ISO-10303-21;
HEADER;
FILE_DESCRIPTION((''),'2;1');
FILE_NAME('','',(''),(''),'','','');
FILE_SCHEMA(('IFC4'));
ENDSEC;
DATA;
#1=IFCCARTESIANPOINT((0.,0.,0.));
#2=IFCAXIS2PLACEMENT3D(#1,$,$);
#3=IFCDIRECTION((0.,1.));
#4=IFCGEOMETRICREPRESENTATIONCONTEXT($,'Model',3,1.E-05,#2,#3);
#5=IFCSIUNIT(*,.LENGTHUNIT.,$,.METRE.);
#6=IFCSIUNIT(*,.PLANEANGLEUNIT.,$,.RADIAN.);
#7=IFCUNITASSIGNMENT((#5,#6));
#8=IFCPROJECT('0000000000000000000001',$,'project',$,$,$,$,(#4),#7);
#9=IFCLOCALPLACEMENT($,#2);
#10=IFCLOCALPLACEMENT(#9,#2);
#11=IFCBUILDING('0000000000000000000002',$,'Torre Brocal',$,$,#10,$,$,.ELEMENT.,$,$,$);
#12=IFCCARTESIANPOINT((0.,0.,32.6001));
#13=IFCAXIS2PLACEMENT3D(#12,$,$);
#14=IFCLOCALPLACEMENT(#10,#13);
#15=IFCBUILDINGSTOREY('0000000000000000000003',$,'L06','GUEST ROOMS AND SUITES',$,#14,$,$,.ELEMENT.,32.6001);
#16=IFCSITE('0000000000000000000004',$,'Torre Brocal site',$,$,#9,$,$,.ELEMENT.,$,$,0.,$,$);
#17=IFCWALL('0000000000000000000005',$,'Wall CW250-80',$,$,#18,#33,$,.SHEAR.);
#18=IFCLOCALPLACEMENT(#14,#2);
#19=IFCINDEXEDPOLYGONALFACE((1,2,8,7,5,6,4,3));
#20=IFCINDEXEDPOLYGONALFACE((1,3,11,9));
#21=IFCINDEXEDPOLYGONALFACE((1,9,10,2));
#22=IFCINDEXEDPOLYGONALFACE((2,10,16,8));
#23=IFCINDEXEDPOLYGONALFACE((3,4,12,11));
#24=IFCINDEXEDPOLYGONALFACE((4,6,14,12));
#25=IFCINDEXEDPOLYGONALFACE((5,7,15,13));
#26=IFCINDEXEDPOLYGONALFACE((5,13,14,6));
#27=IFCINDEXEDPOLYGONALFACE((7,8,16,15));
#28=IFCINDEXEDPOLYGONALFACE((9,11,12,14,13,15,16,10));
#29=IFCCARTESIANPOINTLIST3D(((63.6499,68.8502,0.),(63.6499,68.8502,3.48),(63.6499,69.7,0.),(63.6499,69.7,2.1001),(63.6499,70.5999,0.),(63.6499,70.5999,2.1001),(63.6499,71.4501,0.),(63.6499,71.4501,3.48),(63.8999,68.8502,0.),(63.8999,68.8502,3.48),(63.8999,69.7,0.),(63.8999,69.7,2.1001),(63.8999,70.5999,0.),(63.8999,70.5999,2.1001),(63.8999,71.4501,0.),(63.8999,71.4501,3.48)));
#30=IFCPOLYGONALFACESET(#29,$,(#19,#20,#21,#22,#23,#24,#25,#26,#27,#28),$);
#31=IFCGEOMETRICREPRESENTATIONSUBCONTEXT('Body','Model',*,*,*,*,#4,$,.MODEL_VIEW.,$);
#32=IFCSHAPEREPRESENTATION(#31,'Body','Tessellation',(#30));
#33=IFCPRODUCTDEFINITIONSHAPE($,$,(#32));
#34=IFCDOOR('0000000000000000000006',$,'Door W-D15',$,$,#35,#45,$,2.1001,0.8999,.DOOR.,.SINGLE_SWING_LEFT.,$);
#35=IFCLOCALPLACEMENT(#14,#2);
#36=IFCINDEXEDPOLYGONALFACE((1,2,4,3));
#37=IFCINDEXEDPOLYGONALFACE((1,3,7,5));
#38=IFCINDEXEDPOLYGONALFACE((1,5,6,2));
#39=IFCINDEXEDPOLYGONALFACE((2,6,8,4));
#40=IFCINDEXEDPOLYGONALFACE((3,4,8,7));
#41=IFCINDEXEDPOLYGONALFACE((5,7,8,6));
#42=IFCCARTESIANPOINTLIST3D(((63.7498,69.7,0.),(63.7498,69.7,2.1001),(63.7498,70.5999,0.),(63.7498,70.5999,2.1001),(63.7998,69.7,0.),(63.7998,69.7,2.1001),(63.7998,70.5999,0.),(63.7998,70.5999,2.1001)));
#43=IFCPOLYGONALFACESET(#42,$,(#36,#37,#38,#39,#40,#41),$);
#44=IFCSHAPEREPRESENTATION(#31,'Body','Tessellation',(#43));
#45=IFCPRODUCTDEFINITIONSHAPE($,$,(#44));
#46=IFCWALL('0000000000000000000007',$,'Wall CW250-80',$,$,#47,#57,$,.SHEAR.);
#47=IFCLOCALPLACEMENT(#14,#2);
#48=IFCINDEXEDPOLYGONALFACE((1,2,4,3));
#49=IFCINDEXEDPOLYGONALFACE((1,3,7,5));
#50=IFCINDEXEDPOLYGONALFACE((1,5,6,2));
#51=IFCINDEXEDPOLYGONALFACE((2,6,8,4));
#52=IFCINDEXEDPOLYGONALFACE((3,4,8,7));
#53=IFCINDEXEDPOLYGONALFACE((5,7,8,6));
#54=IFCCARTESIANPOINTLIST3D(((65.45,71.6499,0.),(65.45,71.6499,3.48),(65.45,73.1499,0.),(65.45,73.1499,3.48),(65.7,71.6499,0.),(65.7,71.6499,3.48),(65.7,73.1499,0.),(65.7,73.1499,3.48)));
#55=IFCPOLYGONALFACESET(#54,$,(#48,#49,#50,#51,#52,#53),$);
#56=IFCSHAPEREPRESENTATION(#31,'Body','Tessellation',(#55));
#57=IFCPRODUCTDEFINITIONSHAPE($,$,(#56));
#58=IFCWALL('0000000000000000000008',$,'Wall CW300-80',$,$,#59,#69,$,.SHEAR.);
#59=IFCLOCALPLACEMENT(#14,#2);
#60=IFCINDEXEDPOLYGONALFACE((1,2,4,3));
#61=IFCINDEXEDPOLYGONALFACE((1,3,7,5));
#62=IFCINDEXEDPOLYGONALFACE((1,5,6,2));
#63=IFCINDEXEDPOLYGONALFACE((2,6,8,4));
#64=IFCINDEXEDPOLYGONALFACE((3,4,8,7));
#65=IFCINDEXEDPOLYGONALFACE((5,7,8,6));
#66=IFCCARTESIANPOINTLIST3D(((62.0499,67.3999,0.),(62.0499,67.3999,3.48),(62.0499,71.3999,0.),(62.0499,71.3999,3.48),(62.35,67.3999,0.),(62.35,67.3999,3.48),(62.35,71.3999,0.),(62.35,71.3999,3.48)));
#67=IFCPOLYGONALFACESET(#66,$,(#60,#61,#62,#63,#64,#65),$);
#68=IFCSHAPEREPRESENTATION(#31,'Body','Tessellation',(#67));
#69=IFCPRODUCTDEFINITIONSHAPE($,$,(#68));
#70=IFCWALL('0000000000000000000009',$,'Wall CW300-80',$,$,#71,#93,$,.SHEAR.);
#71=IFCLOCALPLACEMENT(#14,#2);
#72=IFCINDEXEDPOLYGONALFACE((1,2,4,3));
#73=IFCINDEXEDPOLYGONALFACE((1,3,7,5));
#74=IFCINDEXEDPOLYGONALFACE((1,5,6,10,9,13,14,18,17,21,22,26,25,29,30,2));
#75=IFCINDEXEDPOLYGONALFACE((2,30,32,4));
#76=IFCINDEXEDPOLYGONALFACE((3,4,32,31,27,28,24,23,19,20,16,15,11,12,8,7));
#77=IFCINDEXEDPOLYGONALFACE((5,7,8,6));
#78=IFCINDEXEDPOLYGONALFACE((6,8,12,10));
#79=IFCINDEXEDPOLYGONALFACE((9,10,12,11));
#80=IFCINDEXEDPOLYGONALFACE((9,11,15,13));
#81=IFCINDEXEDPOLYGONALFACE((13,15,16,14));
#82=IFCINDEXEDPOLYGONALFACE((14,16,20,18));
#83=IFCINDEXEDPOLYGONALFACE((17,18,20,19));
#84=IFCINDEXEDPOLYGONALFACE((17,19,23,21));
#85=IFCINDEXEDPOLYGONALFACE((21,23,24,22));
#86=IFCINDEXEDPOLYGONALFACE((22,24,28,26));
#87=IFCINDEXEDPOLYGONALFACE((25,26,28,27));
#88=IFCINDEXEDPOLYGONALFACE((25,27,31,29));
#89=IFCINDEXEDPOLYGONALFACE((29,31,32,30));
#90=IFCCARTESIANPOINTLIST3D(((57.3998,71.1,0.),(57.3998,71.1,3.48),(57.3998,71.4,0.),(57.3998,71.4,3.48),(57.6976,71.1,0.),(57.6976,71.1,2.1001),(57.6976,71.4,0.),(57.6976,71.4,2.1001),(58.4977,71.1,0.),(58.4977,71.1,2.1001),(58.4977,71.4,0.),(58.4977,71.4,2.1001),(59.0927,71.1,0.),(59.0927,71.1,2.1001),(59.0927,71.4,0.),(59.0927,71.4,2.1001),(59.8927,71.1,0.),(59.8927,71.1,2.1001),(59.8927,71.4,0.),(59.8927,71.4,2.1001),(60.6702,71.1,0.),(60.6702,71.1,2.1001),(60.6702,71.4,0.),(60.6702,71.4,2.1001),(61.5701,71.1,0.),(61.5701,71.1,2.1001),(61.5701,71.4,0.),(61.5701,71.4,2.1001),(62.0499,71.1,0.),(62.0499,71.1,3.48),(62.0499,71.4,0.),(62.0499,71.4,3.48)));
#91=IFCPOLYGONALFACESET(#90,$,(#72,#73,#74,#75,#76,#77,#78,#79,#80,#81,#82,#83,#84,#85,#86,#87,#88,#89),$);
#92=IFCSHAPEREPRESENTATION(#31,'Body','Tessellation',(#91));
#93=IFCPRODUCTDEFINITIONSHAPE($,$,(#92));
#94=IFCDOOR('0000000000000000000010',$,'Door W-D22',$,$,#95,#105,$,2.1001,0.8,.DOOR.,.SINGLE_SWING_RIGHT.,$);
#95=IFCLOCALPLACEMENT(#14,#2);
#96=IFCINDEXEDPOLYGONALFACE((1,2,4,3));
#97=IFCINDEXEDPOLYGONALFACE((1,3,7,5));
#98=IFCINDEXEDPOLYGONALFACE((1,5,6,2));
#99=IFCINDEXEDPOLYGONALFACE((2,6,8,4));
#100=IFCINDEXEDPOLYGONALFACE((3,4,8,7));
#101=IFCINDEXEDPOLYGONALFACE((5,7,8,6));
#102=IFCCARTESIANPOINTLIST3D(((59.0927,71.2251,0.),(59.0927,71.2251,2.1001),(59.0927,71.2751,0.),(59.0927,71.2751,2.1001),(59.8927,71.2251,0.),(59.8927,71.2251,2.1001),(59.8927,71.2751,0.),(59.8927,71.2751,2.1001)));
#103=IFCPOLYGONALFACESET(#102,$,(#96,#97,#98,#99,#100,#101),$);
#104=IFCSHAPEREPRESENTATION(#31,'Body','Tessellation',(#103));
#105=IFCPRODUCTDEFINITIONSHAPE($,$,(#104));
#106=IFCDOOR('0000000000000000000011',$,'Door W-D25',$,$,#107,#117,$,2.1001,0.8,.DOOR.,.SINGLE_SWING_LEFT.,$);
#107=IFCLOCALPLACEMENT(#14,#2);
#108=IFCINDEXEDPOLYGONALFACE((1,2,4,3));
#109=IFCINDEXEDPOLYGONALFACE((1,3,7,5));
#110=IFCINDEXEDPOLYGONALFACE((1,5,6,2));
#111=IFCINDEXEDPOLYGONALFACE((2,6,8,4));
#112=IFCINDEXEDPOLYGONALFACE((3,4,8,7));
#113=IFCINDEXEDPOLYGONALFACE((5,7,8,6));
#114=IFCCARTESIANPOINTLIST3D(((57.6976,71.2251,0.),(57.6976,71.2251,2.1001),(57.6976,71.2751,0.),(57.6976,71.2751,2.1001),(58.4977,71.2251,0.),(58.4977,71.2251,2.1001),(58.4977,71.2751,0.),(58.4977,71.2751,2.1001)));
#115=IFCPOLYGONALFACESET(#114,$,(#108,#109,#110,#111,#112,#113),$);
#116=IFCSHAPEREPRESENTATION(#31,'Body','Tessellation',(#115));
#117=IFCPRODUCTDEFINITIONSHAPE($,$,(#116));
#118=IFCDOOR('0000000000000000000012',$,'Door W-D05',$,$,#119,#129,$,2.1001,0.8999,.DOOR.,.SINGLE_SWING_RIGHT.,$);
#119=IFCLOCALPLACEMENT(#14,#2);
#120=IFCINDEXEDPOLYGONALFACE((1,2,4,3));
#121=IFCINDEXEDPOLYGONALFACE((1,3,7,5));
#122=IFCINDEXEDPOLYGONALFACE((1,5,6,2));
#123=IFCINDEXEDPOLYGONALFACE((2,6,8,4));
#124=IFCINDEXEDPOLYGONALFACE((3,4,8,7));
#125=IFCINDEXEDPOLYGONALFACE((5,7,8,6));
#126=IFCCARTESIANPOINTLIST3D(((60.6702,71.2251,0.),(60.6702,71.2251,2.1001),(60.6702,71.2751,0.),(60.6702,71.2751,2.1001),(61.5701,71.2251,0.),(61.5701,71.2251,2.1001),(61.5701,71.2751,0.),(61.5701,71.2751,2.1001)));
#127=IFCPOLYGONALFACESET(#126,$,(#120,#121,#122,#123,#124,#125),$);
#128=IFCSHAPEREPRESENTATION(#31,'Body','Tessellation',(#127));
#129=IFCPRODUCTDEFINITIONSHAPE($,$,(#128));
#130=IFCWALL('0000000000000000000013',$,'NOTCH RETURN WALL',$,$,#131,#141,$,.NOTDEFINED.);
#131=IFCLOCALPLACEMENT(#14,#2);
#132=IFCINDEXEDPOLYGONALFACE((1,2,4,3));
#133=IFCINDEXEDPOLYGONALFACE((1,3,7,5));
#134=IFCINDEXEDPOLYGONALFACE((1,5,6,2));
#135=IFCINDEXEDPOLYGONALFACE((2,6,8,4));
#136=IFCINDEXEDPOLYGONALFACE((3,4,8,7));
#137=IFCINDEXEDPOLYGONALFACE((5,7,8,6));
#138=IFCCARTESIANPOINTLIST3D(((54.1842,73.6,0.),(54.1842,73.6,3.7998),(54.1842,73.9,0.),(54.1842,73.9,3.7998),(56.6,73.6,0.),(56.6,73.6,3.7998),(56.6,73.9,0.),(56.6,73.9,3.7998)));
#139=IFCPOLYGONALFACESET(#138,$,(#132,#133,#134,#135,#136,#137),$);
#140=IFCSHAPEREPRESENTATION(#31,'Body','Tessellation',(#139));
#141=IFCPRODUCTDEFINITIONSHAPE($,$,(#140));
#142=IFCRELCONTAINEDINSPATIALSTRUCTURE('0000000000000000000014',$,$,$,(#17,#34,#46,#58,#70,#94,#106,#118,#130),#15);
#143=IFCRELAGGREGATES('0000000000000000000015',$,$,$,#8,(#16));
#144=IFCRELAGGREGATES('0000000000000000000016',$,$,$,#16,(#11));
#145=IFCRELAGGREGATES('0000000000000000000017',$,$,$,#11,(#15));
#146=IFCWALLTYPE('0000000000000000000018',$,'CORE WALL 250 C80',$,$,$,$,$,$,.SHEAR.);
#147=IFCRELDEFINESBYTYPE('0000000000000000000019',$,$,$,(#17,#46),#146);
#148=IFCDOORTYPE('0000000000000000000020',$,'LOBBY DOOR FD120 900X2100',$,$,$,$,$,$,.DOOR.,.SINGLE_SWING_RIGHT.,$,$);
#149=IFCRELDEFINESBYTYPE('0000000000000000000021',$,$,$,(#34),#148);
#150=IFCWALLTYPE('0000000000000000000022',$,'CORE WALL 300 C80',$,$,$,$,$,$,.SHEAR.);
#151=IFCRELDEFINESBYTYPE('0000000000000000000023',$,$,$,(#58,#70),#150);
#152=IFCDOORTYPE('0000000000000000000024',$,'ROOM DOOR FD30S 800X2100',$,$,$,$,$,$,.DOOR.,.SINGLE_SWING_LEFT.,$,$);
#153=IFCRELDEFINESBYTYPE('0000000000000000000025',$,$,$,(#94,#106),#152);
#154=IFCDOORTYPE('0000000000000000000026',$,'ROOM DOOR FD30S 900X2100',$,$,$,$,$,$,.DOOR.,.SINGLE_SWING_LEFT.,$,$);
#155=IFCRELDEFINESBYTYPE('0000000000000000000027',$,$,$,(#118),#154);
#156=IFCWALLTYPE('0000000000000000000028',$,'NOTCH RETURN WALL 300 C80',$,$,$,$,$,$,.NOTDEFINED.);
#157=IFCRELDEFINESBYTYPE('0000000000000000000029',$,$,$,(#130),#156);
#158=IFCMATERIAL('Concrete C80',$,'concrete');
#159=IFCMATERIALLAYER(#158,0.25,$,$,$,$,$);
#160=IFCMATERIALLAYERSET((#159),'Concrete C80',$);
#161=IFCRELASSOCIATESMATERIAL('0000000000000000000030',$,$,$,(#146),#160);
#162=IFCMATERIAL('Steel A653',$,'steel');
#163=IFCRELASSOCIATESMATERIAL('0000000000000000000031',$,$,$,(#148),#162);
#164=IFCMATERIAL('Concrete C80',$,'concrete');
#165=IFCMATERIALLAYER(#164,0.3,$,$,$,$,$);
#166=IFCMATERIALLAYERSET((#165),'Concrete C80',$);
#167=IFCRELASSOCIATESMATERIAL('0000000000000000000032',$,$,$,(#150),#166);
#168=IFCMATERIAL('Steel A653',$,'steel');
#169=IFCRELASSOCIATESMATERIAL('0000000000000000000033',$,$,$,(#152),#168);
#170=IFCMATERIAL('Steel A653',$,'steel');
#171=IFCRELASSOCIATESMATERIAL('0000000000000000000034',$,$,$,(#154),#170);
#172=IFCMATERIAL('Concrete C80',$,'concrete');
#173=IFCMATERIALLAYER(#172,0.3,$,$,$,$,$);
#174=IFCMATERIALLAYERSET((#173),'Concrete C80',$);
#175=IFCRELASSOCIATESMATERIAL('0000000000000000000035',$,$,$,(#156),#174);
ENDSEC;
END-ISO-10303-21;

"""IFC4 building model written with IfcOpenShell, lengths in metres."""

from ifc_helpers import new_model, si_unit, direction, frame, frame_2d, origin, place, context, subcontext, project, spatial, rectangle, extrude, material, layer, layer_set, type_object, element, fill, save


model = new_model("IFC4")

# Units and contexts
model_context = context("Model", 3, precision=1e-05, world=origin(), true_north=direction((0.0, 1.0)))
body_context = subcontext(model_context, "Body", "Model", "MODEL_VIEW")
ifc_project = project(units=[si_unit("LENGTHUNIT", "METRE"), si_unit("PLANEANGLEUNIT", "RADIAN")], contexts=[model_context])

# Site, building, storey
site_placement = place(None, origin())
site = spatial("IfcSite", under=ifc_project, at=site_placement, Name="Torre Brocal site", CompositionType="ELEMENT", RefElevation=0.0)
building_placement = place(site_placement, origin())
building = spatial("IfcBuilding", under=site, at=building_placement, Name="Torre Brocal", CompositionType="ELEMENT")
storey_placement = place(building_placement, frame((0.0, 0.0, 32.6001)))
storey = spatial("IfcBuildingStorey", under=building, at=storey_placement, Name="L06", Description="GUEST ROOMS AND SUITES", CompositionType="ELEMENT", Elevation=32.6001)

# Wall, opening, door
ifc_material_1 = material(Name="Concrete C80", Category="concrete")
ifc_layer_1 = layer(ifc_material_1, 0.25)
ifc_layer_set_1 = layer_set([ifc_layer_1], Name="Concrete C80")
wall_type_1 = type_object("IfcWallType", Name="CORE WALL 250 C80", PredefinedType="SHEAR", material=ifc_layer_set_1)
wall_1_placement = place(storey_placement, frame((63.7749, 71.45, 0.0), z_axis=(0.0, 0.0, 1.0), x_axis=(0.0, -1.0, 0.0)))
wall_1 = element("IfcWall", 1, at=wall_1_placement, inside=storey, type_object=wall_type_1, Name="Wall CW250-80", PredefinedType="SHEAR", context=body_context, shape_type="SweptSolid", body=[
    extrude(rectangle(XDim=2.5999, YDim=0.25, at=frame_2d((1.2998, 0.0))), origin(), (0.0, 0.0, 1.0), 3.48),
])
opening_1_placement = place(wall_1_placement, frame((0.8501, 0.0, 0.0)))
opening_1 = element("IfcOpeningElement", 2, at=opening_1_placement, cuts=wall_1, PredefinedType="OPENING", context=body_context, shape_type="SweptSolid", body=[
    extrude(rectangle(XDim=0.8999, YDim=2.1001, at=frame_2d((0.45, 1.05))), frame((0.0, 0.135, 0.0), z_axis=(0.0, -1.0, 0.0), x_axis=(1.0, 0.0, 0.0)), (0.0, 0.0, 1.0), 0.27),
])
ifc_material_2 = material(Name="Steel A653", Category="steel")
door_type_1 = type_object("IfcDoorType", Name="LOBBY DOOR FD120 900X2100", OperationType="SINGLE_SWING_RIGHT", PredefinedType="DOOR", material=ifc_material_2)
door_1_placement = place(opening_1_placement, origin())
door_1 = element("IfcDoor", 3, at=door_1_placement, inside=storey, type_object=door_type_1, Name="Door W-D15", OperationType="SINGLE_SWING_LEFT", OverallHeight=2.1001, OverallWidth=0.8999, PredefinedType="DOOR", context=body_context, shape_type="SweptSolid", body=[
    extrude(rectangle(XDim=0.8999, YDim=2.1001, at=frame_2d((0.45, 1.05))), frame((0.0, 0.0249, 0.0), z_axis=(0.0, -1.0, 0.0), x_axis=(1.0, 0.0, 0.0)), (0.0, 0.0, 1.0), 0.05),
])
fill(opening_1, door_1)

# Walls
wall_2_placement = place(storey_placement, frame((65.575, 73.1499, 0.0), z_axis=(0.0, 0.0, 1.0), x_axis=(0.0, -1.0, 0.0)))
element("IfcWall", 4, at=wall_2_placement, inside=storey, type_object=wall_type_1, Name="Wall CW250-80", PredefinedType="SHEAR", context=body_context, shape_type="SweptSolid", body=[
    extrude(rectangle(XDim=1.5, YDim=0.25, at=frame_2d((0.75, 0.0))), origin(), (0.0, 0.0, 1.0), 3.48),
])
ifc_material_3 = material(Name="Concrete C80", Category="concrete")
ifc_layer_2 = layer(ifc_material_3, 0.3)
ifc_layer_set_2 = layer_set([ifc_layer_2], Name="Concrete C80")
wall_type_2 = type_object("IfcWallType", Name="CORE WALL 300 C80", PredefinedType="SHEAR", material=ifc_layer_set_2)
wall_3_placement = place(storey_placement, frame((62.2, 71.3999, 0.0), z_axis=(0.0, 0.0, 1.0), x_axis=(0.0, -1.0, 0.0)))
element("IfcWall", 5, at=wall_3_placement, inside=storey, type_object=wall_type_2, Name="Wall CW300-80", PredefinedType="SHEAR", context=body_context, shape_type="SweptSolid", body=[
    extrude(rectangle(XDim=4.0, YDim=0.3, at=frame_2d((2.0, 0.0))), origin(), (0.0, 0.0, 1.0), 3.48),
])

# Wall, openings, doors
wall_4_placement = place(storey_placement, frame((62.05, 71.25, 0.0), z_axis=(0.0, 0.0, 1.0), x_axis=(-1.0, 0.0, 0.0)))
wall_4 = element("IfcWall", 6, at=wall_4_placement, inside=storey, type_object=wall_type_2, Name="Wall CW300-80", PredefinedType="SHEAR", context=body_context, shape_type="SweptSolid", body=[
    extrude(rectangle(XDim=4.6501, YDim=0.3, at=frame_2d((2.3252, 0.0))), origin(), (0.0, 0.0, 1.0), 3.48),
])
opening_2_placement = place(wall_4_placement, frame((0.48, 0.0, 0.0)))
opening_2 = element("IfcOpeningElement", 7, at=opening_2_placement, cuts=wall_4, PredefinedType="OPENING", context=body_context, shape_type="SweptSolid", body=[
    extrude(rectangle(XDim=0.8999, YDim=2.1001, at=frame_2d((0.45, 1.05))), frame((0.0, 0.1599, 0.0), z_axis=(0.0, -1.0, 0.0), x_axis=(1.0, 0.0, 0.0)), (0.0, 0.0, 1.0), 0.3201),
])
opening_3_placement = place(wall_4_placement, frame((2.1575, 0.0, 0.0)))
opening_3 = element("IfcOpeningElement", 8, at=opening_3_placement, cuts=wall_4, PredefinedType="OPENING", context=body_context, shape_type="SweptSolid", body=[
    extrude(rectangle(XDim=0.8, YDim=2.1001, at=frame_2d((0.3999, 1.05))), frame((0.0, 0.1599, 0.0), z_axis=(0.0, -1.0, 0.0), x_axis=(1.0, 0.0, 0.0)), (0.0, 0.0, 1.0), 0.3201),
])
opening_4_placement = place(wall_4_placement, frame((3.5525, 0.0, 0.0)))
opening_4 = element("IfcOpeningElement", 9, at=opening_4_placement, cuts=wall_4, PredefinedType="OPENING", context=body_context, shape_type="SweptSolid", body=[
    extrude(rectangle(XDim=0.8, YDim=2.1001, at=frame_2d((0.3999, 1.05))), frame((0.0, 0.1599, 0.0), z_axis=(0.0, -1.0, 0.0), x_axis=(1.0, 0.0, 0.0)), (0.0, 0.0, 1.0), 0.3201),
])
ifc_material_4 = material(Name="Steel A653", Category="steel")
door_type_2 = type_object("IfcDoorType", Name="ROOM DOOR FD30S 800X2100", OperationType="SINGLE_SWING_LEFT", PredefinedType="DOOR", material=ifc_material_4)
door_2_placement = place(opening_3_placement, origin())
door_2 = element("IfcDoor", 10, at=door_2_placement, inside=storey, type_object=door_type_2, Name="Door W-D22", OperationType="SINGLE_SWING_RIGHT", OverallHeight=2.1001, OverallWidth=0.8, PredefinedType="DOOR", context=body_context, shape_type="SweptSolid", body=[
    extrude(rectangle(XDim=0.8, YDim=2.1001, at=frame_2d((0.3999, 1.05))), frame((0.0, 0.0249, 0.0), z_axis=(0.0, -1.0, 0.0), x_axis=(1.0, 0.0, 0.0)), (0.0, 0.0, 1.0), 0.05),
])
fill(opening_3, door_2)
door_3_placement = place(opening_4_placement, origin())
door_3 = element("IfcDoor", 11, at=door_3_placement, inside=storey, type_object=door_type_2, Name="Door W-D25", OperationType="SINGLE_SWING_LEFT", OverallHeight=2.1001, OverallWidth=0.8, PredefinedType="DOOR", context=body_context, shape_type="SweptSolid", body=[
    extrude(rectangle(XDim=0.8, YDim=2.1001, at=frame_2d((0.3999, 1.05))), frame((0.0, 0.0249, 0.0), z_axis=(0.0, -1.0, 0.0), x_axis=(1.0, 0.0, 0.0)), (0.0, 0.0, 1.0), 0.05),
])
fill(opening_4, door_3)
ifc_material_5 = material(Name="Steel A653", Category="steel")
door_type_3 = type_object("IfcDoorType", Name="ROOM DOOR FD30S 900X2100", OperationType="SINGLE_SWING_LEFT", PredefinedType="DOOR", material=ifc_material_5)
door_4_placement = place(opening_2_placement, origin())
door_4 = element("IfcDoor", 12, at=door_4_placement, inside=storey, type_object=door_type_3, Name="Door W-D05", OperationType="SINGLE_SWING_RIGHT", OverallHeight=2.1001, OverallWidth=0.8999, PredefinedType="DOOR", context=body_context, shape_type="SweptSolid", body=[
    extrude(rectangle(XDim=0.8999, YDim=2.1001, at=frame_2d((0.45, 1.05))), frame((0.0, 0.0249, 0.0), z_axis=(0.0, -1.0, 0.0), x_axis=(1.0, 0.0, 0.0)), (0.0, 0.0, 1.0), 0.05),
])
fill(opening_2, door_4)

# Wall
ifc_material_6 = material(Name="Concrete C80", Category="concrete")
ifc_layer_3 = layer(ifc_material_6, 0.3)
ifc_layer_set_3 = layer_set([ifc_layer_3], Name="Concrete C80")
wall_type_3 = type_object("IfcWallType", Name="NOTCH RETURN WALL 300 C80", PredefinedType="NOTDEFINED", material=ifc_layer_set_3)
wall_5_placement = place(storey_placement, frame((56.6001, 73.75, 0.0), z_axis=(0.0, 0.0, 1.0), x_axis=(-1.0, 0.0, 0.0)))
element("IfcWall", 13, at=wall_5_placement, inside=storey, type_object=wall_type_3, Name="NOTCH RETURN WALL", PredefinedType="NOTDEFINED", context=body_context, shape_type="SweptSolid", body=[
    extrude(rectangle(XDim=2.4158, YDim=0.3, at=frame_2d((1.208, 0.0))), origin(), (0.0, 0.0, 1.0), 3.7998),
])

save(model, "model.ifc")
